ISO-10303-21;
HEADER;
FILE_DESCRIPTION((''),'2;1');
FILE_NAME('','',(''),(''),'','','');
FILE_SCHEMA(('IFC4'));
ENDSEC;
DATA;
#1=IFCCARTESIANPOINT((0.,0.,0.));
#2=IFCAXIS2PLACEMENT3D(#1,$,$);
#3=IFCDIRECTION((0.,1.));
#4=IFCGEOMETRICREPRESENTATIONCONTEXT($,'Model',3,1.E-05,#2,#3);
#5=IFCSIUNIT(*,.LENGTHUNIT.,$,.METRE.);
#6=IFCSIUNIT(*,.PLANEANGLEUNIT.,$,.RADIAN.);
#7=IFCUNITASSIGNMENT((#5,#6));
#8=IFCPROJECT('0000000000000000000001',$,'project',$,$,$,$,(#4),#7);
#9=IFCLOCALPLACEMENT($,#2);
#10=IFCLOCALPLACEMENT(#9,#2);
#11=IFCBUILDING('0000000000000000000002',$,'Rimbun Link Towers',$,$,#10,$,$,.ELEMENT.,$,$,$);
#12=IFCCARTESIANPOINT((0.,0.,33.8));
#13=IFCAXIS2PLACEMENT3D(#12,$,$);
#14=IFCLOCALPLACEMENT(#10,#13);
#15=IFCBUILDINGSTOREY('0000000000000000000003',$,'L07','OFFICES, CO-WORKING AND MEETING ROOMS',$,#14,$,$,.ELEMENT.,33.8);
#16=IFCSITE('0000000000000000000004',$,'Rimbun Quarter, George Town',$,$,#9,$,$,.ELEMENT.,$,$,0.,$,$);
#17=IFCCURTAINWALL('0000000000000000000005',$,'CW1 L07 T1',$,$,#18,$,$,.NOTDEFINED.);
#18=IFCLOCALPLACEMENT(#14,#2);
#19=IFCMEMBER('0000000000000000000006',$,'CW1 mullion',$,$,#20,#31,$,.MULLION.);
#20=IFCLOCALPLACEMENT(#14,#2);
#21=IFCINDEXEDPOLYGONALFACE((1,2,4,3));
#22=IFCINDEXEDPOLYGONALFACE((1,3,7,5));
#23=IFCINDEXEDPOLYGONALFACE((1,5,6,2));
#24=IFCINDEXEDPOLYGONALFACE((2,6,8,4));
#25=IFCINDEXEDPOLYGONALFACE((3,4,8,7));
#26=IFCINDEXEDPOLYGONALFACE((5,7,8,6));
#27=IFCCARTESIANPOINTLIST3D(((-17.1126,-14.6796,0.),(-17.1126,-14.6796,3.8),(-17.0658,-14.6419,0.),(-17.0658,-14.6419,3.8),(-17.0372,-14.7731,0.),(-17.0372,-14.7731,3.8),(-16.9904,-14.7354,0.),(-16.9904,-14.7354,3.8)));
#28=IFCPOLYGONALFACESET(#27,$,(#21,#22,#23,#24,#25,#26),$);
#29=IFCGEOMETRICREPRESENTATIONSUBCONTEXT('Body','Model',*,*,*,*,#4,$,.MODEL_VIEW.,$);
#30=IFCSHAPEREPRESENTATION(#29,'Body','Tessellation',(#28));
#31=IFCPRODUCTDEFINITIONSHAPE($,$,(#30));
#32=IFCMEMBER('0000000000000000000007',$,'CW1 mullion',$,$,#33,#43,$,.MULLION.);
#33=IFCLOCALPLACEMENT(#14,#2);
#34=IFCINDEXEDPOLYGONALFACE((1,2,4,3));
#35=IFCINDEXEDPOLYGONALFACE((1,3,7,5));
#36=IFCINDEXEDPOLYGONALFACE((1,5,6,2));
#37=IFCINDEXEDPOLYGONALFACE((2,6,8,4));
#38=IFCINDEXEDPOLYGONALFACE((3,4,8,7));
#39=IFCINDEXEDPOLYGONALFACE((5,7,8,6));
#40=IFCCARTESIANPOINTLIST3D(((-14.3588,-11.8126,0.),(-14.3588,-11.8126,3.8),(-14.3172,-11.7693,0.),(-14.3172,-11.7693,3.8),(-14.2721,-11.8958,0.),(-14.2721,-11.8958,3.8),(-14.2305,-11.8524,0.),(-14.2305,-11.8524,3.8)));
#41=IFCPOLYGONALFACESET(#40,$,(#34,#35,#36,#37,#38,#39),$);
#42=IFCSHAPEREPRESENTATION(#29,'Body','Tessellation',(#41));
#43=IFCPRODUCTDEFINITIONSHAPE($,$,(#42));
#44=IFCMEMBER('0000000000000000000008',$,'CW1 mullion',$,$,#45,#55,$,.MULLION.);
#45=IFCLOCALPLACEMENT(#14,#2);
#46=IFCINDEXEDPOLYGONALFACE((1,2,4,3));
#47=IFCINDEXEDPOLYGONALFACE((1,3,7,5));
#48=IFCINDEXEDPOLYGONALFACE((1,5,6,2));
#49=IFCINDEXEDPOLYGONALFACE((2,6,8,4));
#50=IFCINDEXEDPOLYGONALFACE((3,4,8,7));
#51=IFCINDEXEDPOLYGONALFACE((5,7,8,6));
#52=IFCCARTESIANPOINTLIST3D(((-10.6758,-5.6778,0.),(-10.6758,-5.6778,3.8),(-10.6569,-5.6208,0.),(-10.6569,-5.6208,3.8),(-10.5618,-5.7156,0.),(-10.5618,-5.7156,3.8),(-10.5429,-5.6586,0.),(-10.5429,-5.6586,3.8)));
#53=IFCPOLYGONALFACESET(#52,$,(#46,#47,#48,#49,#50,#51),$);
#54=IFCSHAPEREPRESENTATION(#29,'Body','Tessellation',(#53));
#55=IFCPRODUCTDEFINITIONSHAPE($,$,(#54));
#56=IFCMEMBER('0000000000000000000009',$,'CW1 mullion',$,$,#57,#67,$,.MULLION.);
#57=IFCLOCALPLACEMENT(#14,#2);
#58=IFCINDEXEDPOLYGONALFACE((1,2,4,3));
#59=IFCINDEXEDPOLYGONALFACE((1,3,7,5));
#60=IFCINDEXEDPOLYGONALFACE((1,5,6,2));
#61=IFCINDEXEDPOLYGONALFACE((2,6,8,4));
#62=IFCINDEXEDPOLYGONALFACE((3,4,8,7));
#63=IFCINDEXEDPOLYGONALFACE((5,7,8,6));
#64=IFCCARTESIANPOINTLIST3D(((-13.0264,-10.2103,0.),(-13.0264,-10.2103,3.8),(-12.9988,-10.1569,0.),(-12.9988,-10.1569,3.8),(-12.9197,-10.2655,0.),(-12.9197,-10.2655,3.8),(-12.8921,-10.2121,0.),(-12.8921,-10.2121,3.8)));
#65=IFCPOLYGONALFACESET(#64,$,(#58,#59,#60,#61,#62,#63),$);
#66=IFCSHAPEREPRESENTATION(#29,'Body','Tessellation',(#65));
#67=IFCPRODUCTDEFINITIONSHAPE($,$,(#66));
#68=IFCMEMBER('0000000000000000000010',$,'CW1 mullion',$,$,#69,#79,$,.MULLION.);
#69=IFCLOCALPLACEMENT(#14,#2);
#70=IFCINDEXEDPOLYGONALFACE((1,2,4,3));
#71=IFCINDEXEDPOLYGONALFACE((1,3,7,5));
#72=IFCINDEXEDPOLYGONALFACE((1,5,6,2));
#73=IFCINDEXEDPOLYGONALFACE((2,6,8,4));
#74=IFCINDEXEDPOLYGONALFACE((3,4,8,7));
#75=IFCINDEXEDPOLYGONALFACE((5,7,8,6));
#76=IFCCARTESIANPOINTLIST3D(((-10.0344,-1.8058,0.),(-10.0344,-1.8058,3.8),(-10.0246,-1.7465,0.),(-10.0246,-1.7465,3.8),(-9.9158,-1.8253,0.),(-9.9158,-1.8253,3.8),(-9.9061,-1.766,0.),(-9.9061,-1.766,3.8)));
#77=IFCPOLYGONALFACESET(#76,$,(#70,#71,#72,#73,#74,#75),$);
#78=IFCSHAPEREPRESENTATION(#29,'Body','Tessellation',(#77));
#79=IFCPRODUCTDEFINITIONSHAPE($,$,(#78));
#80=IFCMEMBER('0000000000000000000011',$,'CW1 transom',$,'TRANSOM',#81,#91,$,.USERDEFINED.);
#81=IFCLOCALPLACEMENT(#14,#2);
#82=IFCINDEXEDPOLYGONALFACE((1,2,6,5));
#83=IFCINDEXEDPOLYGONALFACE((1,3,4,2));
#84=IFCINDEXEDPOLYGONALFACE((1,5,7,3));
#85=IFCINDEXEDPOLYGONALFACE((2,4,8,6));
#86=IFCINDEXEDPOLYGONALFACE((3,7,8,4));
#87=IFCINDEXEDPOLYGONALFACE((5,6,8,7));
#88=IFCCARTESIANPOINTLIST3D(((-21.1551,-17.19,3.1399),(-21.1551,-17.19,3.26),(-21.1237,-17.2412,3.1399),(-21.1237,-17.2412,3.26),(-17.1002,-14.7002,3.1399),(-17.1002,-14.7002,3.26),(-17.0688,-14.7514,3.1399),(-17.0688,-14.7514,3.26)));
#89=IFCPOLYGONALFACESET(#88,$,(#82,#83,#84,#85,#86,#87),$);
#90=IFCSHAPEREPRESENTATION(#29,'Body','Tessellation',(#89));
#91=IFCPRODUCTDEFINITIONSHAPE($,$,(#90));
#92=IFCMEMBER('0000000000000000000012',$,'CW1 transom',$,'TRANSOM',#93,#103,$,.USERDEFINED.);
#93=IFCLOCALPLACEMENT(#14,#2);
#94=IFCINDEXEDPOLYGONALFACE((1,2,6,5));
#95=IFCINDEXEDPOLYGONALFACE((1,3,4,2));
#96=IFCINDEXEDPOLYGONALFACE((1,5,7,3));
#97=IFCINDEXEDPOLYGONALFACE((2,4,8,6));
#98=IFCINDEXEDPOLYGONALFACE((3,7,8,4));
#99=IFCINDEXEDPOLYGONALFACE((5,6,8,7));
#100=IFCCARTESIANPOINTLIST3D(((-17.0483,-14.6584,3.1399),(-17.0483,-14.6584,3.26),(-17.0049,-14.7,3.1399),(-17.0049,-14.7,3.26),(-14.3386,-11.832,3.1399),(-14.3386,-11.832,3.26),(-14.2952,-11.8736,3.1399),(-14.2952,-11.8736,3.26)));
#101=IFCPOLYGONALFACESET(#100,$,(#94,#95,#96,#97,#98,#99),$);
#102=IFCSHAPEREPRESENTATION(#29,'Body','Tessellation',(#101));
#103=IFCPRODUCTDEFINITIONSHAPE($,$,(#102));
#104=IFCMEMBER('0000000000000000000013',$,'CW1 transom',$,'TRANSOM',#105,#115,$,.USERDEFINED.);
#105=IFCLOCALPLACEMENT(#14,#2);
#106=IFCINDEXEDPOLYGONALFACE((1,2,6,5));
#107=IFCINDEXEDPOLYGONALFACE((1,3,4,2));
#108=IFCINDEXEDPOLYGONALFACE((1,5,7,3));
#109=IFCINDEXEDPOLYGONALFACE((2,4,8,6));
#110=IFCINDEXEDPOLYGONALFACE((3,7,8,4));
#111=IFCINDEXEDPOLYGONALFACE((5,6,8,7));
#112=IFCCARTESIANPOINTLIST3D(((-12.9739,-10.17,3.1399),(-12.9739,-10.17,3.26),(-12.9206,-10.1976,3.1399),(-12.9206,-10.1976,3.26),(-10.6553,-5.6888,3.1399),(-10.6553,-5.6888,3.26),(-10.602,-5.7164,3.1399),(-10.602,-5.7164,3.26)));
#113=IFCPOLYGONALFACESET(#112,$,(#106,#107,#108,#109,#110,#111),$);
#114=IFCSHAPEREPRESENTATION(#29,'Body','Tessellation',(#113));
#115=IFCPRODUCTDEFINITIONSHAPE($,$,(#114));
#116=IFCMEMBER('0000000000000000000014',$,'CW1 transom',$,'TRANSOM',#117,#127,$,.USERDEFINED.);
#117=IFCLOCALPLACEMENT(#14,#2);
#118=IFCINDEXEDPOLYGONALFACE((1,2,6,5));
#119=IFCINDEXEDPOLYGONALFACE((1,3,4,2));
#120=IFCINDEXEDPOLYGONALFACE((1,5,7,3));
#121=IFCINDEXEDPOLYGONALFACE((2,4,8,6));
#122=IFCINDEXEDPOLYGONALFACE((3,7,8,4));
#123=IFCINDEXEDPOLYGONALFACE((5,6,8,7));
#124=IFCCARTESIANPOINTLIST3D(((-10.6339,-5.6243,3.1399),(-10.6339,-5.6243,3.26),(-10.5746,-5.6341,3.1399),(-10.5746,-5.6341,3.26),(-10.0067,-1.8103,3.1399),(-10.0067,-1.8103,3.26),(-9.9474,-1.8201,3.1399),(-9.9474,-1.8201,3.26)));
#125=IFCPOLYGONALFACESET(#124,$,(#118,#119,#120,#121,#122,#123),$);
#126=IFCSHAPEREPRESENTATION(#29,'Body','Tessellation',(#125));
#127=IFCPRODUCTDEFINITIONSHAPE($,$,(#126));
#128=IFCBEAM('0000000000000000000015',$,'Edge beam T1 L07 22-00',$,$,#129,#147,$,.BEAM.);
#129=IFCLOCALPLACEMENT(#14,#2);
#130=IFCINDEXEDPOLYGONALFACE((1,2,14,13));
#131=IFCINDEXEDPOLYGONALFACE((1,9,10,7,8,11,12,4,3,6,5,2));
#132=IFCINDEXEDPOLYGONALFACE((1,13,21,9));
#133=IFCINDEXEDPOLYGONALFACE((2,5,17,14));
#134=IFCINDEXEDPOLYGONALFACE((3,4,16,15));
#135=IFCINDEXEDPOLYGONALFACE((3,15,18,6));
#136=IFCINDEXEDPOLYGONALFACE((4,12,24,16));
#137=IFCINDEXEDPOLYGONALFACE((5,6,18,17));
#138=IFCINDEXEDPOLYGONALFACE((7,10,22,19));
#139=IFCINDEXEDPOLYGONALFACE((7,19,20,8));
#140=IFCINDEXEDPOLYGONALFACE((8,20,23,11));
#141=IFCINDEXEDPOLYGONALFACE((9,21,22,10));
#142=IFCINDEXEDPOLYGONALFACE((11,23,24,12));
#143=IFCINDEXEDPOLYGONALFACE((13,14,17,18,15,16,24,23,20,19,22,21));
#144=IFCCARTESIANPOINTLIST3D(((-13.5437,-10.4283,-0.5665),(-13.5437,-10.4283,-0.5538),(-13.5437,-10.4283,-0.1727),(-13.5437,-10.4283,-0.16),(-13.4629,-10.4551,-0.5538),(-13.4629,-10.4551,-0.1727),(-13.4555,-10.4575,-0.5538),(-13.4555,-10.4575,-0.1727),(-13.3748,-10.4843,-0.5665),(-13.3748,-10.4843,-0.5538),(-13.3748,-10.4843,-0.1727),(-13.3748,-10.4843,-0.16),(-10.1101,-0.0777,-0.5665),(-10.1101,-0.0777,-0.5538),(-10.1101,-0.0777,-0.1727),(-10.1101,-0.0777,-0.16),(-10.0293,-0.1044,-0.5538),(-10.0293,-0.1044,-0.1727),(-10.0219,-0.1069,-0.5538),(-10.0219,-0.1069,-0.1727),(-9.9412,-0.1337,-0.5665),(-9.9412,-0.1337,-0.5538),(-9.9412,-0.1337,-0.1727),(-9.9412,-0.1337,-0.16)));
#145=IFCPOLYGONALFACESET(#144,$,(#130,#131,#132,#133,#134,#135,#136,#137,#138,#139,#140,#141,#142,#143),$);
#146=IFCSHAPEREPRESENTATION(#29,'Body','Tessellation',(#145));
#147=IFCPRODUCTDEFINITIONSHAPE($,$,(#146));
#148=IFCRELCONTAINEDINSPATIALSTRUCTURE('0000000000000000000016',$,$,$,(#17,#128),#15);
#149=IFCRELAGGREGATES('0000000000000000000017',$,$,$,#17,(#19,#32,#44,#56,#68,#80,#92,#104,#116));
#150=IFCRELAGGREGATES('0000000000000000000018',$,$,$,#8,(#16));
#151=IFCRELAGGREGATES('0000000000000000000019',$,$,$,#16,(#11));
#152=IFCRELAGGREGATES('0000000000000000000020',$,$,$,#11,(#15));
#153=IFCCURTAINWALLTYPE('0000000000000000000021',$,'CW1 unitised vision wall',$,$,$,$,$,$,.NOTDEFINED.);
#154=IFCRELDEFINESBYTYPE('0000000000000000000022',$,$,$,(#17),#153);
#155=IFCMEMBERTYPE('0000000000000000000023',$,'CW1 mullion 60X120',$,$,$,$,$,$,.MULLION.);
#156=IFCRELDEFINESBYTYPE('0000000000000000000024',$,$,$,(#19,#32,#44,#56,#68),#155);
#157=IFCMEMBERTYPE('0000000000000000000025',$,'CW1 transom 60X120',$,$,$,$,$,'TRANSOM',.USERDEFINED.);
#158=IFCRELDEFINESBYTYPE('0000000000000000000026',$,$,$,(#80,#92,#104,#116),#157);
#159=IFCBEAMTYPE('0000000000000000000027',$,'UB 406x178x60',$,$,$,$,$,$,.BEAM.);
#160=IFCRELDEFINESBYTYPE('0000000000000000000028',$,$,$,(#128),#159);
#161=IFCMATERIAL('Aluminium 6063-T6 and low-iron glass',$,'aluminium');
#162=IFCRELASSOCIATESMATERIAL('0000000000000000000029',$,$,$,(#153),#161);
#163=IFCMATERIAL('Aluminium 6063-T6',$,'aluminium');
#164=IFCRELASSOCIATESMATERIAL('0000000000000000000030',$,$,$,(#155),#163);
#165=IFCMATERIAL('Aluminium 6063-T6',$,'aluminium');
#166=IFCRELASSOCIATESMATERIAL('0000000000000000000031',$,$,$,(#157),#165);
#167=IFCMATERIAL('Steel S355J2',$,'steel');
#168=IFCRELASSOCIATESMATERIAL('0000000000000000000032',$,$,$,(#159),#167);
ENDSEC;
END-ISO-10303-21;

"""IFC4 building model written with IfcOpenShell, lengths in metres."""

from ifc_helpers import new_model, si_unit, direction, frame, origin, origin_2d, place, context, subcontext, project, spatial, rectangle, i_section, extrude, material, material_profile, profile_set, type_object, element, aggregate, save


model = new_model("IFC4")

# Units and contexts
model_context = context("Model", 3, precision=1e-05, world=origin(), true_north=direction((0.0, 1.0)))
body_context = subcontext(model_context, "Body", "Model", "MODEL_VIEW")
ifc_project = project(units=[si_unit("LENGTHUNIT", "METRE"), si_unit("PLANEANGLEUNIT", "RADIAN")], contexts=[model_context])

# Site, building, storey
site_placement = place(None, origin())
site = spatial("IfcSite", under=ifc_project, at=site_placement, Name="Rimbun Quarter, George Town", CompositionType="ELEMENT", RefElevation=0.0)
building_placement = place(site_placement, origin())
building = spatial("IfcBuilding", under=site, at=building_placement, Name="Rimbun Link Towers", CompositionType="ELEMENT")
storey_placement = place(building_placement, frame((0.0, 0.0, 33.8)))
storey = spatial("IfcBuildingStorey", under=building, at=storey_placement, Name="L07", Description="OFFICES, CO-WORKING AND MEETING ROOMS", CompositionType="ELEMENT", Elevation=33.8)

# Curtain wall, members
ifc_material_1 = material(Name="Aluminium 6063-T6 and low-iron glass", Category="aluminium")
curtain_wall_type = type_object("IfcCurtainWallType", Name="CW1 unitised vision wall", PredefinedType="NOTDEFINED", material=ifc_material_1)
curtain_wall_placement = place(storey_placement, origin())
curtain_wall = element("IfcCurtainWall", 1, at=curtain_wall_placement, inside=storey, type_object=curtain_wall_type, Name="CW1 L07 T1", PredefinedType="NOTDEFINED")
ifc_material_2 = material(Name="Aluminium 6063-T6", Category="aluminium")
ifc_material_profile_1 = material_profile(ifc_material_2, rectangle(XDim=0.1201, YDim=0.0601, at=origin_2d()), Name="MULLION 60X120")
ifc_profile_set_1 = profile_set([ifc_material_profile_1], Name="Aluminium 6063-T6")
member_type_1 = type_object("IfcMemberType", Name="CW1 mullion 60X120", PredefinedType="MULLION", material=ifc_profile_set_1)
member_1_placement = place(storey_placement, frame((-17.0515, -14.7075, 0.0), z_axis=(0.0, 0.0, 1.0), x_axis=(0.627666, -0.778483, 0.0)))
member_1 = element("IfcMember", 2, at=member_1_placement, type_object=member_type_1, Name="CW1 mullion", PredefinedType="MULLION", context=body_context, shape_type="SweptSolid", body=[
    extrude(rectangle(XDim=0.1201, YDim=0.0601, at=origin_2d()), origin(), (0.0, 0.0, 1.0), 3.8),
])
member_2_placement = place(storey_placement, frame((-14.2947, -11.8325, 0.0), z_axis=(0.0, 0.0, 1.0), x_axis=(0.721844, -0.692056, 0.0)))
member_2 = element("IfcMember", 3, at=member_2_placement, type_object=member_type_1, Name="CW1 mullion", PredefinedType="MULLION", context=body_context, shape_type="SweptSolid", body=[
    extrude(rectangle(XDim=0.1201, YDim=0.0601, at=origin_2d()), origin(), (0.0, 0.0, 1.0), 3.8),
])
member_3_placement = place(storey_placement, frame((-10.6094, -5.6682, 0.0), z_axis=(0.0, 0.0, 1.0), x_axis=(0.949161, -0.31479, 0.0)))
member_3 = element("IfcMember", 4, at=member_3_placement, type_object=member_type_1, Name="CW1 mullion", PredefinedType="MULLION", context=body_context, shape_type="SweptSolid", body=[
    extrude(rectangle(XDim=0.1201, YDim=0.0601, at=origin_2d()), origin(), (0.0, 0.0, 1.0), 3.8),
])
member_4_placement = place(storey_placement, frame((-12.9592, -10.2112, 0.0), z_axis=(0.0, 0.0, 1.0), x_axis=(0.888153, -0.459548, 0.0)))
member_4 = element("IfcMember", 5, at=member_4_placement, type_object=member_type_1, Name="CW1 mullion", PredefinedType="MULLION", context=body_context, shape_type="SweptSolid", body=[
    extrude(rectangle(XDim=0.1201, YDim=0.0601, at=origin_2d()), origin(), (0.0, 0.0, 1.0), 3.8),
])
member_5_placement = place(storey_placement, frame((-9.9702, -1.7859, 0.0), z_axis=(0.0, 0.0, 1.0), x_axis=(0.986748, -0.162263, 0.0)))
member_5 = element("IfcMember", 6, at=member_5_placement, type_object=member_type_1, Name="CW1 mullion", PredefinedType="MULLION", context=body_context, shape_type="SweptSolid", body=[
    extrude(rectangle(XDim=0.1201, YDim=0.0601, at=origin_2d()), origin(), (0.0, 0.0, 1.0), 3.8),
])
ifc_material_3 = material(Name="Aluminium 6063-T6", Category="aluminium")
ifc_material_profile_2 = material_profile(ifc_material_3, rectangle(XDim=0.0601, YDim=0.1201, at=origin_2d()), Name="TRANSOM 60X120")
ifc_profile_set_2 = profile_set([ifc_material_profile_2], Name="Aluminium 6063-T6")
member_type_2 = type_object("IfcMemberType", Name="CW1 transom 60X120", ElementType="TRANSOM", PredefinedType="USERDEFINED", material=ifc_profile_set_2)
member_6_placement = place(storey_placement, frame((-17.0845, -14.7258, 3.2), z_axis=(-0.852183, -0.523244, 0.0), x_axis=(0.523244, -0.852183, 0.0)))
member_6 = element("IfcMember", 7, at=member_6_placement, type_object=member_type_2, Name="CW1 transom", ObjectType="TRANSOM", PredefinedType="USERDEFINED", context=body_context, shape_type="SweptSolid", body=[
    extrude(rectangle(XDim=0.0601, YDim=0.1201, at=origin_2d()), origin(), (0.0, 0.0, 1.0), 4.7583),
])
member_7_placement = place(storey_placement, frame((-14.3169, -11.8528, 3.2), z_axis=(-0.692048, -0.721852, 0.0), x_axis=(0.721852, -0.692048, 0.0)))
member_7 = element("IfcMember", 8, at=member_7_placement, type_object=member_type_2, Name="CW1 transom", ObjectType="TRANSOM", PredefinedType="USERDEFINED", context=body_context, shape_type="SweptSolid", body=[
    extrude(rectangle(XDim=0.0601, YDim=0.1201, at=origin_2d()), origin(), (0.0, 0.0, 1.0), 3.9155),
])
member_8_placement = place(storey_placement, frame((-10.6287, -5.7026, 3.2), z_axis=(-0.459539, -0.888158, 0.0), x_axis=(0.888158, -0.459539, 0.0)))
member_8 = element("IfcMember", 9, at=member_8_placement, type_object=member_type_2, Name="CW1 transom", ObjectType="TRANSOM", PredefinedType="USERDEFINED", context=body_context, shape_type="SweptSolid", body=[
    extrude(rectangle(XDim=0.0601, YDim=0.1201, at=origin_2d()), origin(), (0.0, 0.0, 1.0), 5.0454),
])
member_9_placement = place(storey_placement, frame((-9.9771, -1.8152, 3.2), z_axis=(-0.162268, -0.986747, 0.0), x_axis=(0.986747, -0.162268, 0.0)))
member_9 = element("IfcMember", 10, at=member_9_placement, type_object=member_type_2, Name="CW1 transom", ObjectType="TRANSOM", PredefinedType="USERDEFINED", context=body_context, shape_type="SweptSolid", body=[
    extrude(rectangle(XDim=0.0601, YDim=0.1201, at=origin_2d()), origin(), (0.0, 0.0, 1.0), 3.8652),
])

# Beam
ifc_material_4 = material(Name="Steel S355J2", Category="steel")
ifc_material_profile_3 = material_profile(ifc_material_4, i_section(OverallWidth=0.178, OverallDepth=0.4065, WebThickness=0.0078, FlangeThickness=0.0127, at=origin_2d()), Name="UB 406x178x60")
ifc_profile_set_3 = profile_set([ifc_material_profile_3], Name="Steel S355J2")
beam_type = type_object("IfcBeamType", Name="UB 406x178x60", PredefinedType="BEAM", material=ifc_profile_set_3)
beam_placement = place(storey_placement, frame((-13.4592, -10.4563, -0.3633), z_axis=(0.314857, 0.949139, 0.0), x_axis=(-0.949139, 0.314857, 0.0)))
element("IfcBeam", 11, at=beam_placement, inside=storey, type_object=beam_type, Name="Edge beam T1 L07 22-00", PredefinedType="BEAM", context=body_context, shape_type="SweptSolid", body=[
    extrude(i_section(OverallWidth=0.178, OverallDepth=0.4065, WebThickness=0.0078, FlangeThickness=0.0127, at=origin_2d()), origin(), (0.0, 0.0, 1.0), 10.9053),
])

aggregate(curtain_wall, [member_1, member_2, member_3, member_4, member_5, member_6, member_7, member_8, member_9])

save(model, "model.ifc")
